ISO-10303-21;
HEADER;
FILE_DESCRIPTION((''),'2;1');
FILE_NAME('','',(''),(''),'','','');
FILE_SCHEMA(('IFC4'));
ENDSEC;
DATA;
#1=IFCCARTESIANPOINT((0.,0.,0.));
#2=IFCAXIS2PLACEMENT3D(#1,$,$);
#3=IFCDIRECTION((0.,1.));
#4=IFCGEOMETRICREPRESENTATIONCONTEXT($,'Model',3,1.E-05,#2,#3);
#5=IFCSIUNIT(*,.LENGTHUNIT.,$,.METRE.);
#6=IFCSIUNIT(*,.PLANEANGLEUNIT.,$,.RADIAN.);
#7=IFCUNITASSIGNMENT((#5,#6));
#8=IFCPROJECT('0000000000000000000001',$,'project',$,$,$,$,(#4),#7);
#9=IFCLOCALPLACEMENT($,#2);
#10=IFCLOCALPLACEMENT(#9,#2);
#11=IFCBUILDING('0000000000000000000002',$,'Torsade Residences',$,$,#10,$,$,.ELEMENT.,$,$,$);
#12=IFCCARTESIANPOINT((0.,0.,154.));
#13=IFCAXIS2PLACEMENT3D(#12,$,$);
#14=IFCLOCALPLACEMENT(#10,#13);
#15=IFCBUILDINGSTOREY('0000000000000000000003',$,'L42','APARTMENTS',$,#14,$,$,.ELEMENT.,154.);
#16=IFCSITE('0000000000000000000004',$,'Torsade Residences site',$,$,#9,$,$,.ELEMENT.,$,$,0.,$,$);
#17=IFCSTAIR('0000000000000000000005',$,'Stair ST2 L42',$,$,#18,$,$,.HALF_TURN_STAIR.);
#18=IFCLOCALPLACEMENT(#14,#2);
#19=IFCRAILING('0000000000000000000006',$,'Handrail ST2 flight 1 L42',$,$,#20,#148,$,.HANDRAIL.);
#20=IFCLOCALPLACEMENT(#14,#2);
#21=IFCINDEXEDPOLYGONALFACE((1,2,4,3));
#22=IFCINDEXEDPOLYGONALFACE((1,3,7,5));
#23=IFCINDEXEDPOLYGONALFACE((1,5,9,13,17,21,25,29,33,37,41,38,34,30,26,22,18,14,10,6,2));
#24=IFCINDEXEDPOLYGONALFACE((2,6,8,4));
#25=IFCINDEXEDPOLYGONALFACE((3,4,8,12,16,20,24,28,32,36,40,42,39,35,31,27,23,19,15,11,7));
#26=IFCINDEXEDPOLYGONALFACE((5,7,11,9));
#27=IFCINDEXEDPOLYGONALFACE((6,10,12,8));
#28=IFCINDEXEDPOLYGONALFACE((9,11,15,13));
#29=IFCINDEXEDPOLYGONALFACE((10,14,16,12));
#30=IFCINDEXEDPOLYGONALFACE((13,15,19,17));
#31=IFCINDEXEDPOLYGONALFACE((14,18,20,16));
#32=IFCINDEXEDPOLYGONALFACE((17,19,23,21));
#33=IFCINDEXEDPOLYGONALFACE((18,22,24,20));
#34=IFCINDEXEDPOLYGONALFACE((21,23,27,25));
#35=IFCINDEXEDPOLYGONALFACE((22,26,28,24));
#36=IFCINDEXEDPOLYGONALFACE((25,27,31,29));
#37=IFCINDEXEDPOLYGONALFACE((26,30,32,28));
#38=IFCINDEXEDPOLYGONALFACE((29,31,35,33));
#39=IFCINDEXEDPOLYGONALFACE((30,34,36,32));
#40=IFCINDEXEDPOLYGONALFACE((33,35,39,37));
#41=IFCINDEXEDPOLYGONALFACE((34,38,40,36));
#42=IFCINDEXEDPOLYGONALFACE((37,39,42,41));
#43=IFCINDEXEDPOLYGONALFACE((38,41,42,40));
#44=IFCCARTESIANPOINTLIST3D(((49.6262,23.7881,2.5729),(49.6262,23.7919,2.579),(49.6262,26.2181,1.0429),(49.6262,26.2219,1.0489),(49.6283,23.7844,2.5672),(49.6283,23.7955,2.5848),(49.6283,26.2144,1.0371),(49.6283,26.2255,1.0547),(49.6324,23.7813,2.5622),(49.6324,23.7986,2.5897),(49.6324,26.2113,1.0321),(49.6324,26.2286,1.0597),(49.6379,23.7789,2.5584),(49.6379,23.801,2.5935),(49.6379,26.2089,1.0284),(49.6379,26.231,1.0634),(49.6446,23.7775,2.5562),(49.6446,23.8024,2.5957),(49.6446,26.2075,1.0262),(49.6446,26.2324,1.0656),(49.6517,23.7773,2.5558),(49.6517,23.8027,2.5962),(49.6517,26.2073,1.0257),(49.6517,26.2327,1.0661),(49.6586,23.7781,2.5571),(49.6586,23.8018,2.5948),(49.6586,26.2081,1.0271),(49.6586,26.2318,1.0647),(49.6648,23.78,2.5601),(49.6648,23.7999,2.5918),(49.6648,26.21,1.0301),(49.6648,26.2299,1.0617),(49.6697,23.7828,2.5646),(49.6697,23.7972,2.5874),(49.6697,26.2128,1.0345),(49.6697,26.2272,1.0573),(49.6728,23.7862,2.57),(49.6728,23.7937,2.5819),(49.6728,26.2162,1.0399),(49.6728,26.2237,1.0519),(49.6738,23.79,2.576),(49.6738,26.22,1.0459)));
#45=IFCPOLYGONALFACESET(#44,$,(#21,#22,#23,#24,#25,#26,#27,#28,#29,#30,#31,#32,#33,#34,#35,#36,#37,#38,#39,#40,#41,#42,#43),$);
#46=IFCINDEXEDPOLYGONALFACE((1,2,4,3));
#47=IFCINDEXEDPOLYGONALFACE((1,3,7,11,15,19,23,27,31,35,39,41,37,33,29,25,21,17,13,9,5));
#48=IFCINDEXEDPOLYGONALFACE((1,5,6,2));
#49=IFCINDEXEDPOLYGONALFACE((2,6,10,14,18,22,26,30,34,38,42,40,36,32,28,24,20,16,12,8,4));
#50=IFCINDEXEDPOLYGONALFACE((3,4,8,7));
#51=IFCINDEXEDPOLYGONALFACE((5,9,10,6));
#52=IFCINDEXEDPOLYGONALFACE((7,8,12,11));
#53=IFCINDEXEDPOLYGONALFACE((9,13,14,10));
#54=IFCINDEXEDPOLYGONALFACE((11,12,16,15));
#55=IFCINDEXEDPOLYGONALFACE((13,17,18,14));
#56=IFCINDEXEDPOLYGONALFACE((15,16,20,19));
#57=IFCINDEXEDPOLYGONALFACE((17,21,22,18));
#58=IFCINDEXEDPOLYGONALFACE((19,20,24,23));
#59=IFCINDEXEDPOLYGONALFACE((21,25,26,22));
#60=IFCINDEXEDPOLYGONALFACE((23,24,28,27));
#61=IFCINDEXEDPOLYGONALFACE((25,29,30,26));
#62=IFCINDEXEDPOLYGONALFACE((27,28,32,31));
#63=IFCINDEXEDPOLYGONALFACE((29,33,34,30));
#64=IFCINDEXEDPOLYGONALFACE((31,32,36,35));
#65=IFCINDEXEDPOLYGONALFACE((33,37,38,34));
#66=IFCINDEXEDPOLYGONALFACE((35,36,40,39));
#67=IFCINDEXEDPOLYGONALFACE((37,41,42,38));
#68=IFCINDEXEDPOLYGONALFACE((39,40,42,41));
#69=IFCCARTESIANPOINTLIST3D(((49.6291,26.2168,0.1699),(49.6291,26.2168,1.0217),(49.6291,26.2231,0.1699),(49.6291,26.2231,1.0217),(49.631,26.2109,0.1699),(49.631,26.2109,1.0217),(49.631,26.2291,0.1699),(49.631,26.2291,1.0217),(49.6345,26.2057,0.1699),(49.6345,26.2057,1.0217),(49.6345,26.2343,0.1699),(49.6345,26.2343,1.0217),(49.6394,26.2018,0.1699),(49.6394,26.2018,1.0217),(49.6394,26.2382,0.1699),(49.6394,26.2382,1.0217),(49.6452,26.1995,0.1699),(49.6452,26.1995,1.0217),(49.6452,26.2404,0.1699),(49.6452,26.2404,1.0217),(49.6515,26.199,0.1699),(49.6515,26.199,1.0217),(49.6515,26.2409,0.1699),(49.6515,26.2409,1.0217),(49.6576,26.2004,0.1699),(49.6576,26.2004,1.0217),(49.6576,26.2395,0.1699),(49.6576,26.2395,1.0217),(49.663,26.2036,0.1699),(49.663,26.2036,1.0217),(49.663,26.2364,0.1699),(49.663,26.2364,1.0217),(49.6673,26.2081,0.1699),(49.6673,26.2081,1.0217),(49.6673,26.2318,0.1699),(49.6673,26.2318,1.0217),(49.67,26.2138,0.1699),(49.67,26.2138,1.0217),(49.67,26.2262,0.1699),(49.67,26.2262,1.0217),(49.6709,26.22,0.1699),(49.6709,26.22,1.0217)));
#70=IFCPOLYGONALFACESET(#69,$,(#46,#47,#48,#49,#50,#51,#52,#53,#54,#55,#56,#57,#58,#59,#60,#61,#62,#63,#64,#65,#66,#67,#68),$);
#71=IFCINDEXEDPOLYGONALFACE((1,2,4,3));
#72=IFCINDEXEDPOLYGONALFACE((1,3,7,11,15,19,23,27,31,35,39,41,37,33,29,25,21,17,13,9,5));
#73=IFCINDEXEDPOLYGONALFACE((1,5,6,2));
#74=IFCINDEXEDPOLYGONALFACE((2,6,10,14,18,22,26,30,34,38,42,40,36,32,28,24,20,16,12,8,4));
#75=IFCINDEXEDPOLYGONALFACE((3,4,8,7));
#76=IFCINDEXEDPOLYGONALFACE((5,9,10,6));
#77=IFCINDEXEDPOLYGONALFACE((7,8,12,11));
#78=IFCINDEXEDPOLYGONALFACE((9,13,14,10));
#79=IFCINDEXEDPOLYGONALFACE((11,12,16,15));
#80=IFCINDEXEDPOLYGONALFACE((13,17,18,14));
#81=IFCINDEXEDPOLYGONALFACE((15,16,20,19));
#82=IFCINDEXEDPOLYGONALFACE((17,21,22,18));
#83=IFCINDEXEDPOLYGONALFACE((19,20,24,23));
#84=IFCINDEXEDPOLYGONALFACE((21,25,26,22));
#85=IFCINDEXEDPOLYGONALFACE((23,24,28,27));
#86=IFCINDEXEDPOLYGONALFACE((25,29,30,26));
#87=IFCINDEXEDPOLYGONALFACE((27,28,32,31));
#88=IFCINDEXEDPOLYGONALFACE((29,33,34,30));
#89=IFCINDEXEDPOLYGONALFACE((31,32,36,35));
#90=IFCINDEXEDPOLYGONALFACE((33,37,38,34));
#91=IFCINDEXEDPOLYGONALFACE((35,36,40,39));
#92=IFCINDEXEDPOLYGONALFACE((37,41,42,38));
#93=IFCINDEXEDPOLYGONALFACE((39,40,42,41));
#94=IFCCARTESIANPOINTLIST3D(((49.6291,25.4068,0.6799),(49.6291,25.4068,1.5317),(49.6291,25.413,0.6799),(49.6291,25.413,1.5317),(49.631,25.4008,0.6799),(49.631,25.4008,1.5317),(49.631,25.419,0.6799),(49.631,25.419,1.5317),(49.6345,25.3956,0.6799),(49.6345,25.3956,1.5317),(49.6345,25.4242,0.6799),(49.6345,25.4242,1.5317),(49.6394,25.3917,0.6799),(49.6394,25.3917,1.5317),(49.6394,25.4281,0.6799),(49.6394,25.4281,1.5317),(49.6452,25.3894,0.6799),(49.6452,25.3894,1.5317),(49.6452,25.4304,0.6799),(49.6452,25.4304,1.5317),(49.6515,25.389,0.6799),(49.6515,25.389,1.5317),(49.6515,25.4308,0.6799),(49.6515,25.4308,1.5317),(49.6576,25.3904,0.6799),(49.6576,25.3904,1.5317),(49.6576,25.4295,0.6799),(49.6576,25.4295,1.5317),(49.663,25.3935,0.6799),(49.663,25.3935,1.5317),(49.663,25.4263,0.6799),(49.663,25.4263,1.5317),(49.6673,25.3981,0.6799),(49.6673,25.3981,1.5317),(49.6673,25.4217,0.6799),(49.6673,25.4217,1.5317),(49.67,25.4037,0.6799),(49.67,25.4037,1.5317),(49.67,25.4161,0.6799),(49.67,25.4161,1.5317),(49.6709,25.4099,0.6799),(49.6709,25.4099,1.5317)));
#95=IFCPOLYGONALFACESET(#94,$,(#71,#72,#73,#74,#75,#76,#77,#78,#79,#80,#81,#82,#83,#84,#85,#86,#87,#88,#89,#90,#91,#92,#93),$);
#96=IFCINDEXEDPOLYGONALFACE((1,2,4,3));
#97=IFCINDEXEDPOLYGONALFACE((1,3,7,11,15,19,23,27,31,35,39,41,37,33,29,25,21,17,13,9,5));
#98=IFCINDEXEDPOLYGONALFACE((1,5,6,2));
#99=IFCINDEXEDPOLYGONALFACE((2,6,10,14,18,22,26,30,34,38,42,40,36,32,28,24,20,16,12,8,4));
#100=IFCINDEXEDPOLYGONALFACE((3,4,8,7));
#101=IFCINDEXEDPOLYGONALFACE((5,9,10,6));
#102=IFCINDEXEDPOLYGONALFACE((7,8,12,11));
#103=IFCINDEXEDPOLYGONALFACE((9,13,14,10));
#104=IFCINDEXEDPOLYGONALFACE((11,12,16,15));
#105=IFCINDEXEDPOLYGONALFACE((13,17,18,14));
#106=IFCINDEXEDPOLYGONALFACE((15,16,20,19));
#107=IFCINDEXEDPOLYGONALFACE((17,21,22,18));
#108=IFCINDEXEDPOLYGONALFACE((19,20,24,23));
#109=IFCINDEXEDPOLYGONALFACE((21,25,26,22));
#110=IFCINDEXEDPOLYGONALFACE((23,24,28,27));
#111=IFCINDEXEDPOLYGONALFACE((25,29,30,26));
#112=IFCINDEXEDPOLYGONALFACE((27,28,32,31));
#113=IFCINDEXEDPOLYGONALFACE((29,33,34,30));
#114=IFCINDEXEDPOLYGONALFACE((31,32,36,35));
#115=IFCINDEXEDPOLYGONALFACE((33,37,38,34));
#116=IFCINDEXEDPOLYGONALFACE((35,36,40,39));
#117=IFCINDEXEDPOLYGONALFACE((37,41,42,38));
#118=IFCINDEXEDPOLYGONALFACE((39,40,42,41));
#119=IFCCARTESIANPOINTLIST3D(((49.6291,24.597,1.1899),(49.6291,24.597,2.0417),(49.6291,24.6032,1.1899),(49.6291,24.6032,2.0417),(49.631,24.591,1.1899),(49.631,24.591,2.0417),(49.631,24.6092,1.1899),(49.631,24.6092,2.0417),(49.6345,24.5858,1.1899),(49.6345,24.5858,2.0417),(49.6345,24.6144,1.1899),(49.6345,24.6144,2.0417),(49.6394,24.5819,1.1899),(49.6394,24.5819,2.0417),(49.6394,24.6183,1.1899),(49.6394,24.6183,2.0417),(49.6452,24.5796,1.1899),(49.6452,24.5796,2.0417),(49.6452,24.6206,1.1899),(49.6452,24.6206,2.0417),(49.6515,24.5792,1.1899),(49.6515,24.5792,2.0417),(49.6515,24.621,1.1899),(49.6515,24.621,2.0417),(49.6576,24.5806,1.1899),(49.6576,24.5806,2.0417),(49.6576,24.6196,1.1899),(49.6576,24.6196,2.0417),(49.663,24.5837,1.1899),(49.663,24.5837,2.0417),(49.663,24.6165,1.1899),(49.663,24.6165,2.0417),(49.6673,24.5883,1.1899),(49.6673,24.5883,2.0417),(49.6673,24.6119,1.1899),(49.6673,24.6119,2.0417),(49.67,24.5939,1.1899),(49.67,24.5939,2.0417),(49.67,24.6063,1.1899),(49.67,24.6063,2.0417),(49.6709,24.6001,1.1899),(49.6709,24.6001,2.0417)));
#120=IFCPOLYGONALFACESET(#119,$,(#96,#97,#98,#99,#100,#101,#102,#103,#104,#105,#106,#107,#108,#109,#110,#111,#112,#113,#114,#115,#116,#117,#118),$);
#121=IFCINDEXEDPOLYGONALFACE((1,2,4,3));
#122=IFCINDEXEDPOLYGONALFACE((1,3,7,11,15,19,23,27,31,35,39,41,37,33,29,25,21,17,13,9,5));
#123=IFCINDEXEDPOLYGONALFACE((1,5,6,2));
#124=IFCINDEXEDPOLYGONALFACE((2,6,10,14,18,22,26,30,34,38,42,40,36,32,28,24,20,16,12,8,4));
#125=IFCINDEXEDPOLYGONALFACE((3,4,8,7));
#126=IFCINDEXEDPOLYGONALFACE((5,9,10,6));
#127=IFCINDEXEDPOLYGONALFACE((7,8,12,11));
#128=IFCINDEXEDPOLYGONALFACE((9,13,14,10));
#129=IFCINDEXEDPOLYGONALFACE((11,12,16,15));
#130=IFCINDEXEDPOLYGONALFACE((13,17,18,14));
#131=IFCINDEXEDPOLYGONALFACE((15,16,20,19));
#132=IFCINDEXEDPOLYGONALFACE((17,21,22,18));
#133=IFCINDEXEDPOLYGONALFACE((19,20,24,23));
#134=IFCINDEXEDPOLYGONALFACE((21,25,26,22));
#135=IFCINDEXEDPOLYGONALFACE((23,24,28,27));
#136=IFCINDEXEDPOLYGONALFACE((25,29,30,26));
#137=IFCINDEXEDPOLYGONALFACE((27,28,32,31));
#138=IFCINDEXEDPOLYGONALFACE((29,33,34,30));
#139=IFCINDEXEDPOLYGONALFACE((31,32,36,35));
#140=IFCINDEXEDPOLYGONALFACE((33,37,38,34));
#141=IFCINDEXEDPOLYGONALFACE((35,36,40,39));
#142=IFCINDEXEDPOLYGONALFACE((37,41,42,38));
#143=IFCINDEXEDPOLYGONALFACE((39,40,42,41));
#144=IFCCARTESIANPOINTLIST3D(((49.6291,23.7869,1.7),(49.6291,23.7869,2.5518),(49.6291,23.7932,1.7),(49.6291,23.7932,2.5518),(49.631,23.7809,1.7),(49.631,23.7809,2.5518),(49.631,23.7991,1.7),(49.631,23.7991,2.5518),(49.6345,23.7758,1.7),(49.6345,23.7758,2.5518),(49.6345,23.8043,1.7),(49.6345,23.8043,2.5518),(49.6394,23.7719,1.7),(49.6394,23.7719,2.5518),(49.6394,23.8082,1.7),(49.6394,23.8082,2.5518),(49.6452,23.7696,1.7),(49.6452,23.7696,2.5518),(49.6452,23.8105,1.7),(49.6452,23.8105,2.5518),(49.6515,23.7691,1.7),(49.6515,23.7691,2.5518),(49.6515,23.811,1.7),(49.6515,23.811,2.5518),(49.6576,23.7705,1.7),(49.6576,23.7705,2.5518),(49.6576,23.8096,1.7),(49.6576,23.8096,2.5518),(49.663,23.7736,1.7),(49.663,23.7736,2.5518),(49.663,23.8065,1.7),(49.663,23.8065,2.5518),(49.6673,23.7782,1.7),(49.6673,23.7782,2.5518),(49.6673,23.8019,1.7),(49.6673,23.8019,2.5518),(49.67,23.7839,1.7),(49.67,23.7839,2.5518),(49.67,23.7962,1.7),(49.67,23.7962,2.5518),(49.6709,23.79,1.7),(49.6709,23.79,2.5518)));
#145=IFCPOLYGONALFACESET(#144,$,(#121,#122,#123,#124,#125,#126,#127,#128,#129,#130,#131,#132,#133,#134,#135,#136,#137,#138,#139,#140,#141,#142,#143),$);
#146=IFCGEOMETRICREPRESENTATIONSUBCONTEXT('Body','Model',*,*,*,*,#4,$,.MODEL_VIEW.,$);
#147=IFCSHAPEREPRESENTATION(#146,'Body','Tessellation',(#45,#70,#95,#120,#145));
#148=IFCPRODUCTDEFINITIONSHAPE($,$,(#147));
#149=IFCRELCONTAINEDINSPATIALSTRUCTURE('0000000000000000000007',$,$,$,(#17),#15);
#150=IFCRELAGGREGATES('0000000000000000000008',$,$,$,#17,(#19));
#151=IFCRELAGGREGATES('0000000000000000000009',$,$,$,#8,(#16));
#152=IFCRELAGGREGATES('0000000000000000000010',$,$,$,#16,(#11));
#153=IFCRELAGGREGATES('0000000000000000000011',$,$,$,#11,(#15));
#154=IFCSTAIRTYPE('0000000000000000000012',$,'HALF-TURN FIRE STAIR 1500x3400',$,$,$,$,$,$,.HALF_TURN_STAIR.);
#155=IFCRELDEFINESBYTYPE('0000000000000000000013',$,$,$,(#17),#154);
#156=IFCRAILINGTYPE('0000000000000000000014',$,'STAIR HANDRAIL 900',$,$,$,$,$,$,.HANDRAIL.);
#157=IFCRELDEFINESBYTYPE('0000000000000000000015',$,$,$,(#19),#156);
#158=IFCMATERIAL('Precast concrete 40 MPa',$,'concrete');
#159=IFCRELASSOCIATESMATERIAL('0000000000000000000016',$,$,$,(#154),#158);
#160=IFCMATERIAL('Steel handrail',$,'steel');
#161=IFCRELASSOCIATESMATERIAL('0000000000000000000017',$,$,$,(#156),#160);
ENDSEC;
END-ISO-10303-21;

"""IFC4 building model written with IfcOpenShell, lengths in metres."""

from ifc_helpers import new_model, si_unit, direction, frame, origin, origin_2d, place, context, subcontext, project, spatial, circle, extrude, material, type_object, element, aggregate, save


model = new_model("IFC4")

# Units and contexts
model_context = context("Model", 3, precision=1e-05, world=origin(), true_north=direction((0.0, 1.0)))
body_context = subcontext(model_context, "Body", "Model", "MODEL_VIEW")
ifc_project = project(units=[si_unit("LENGTHUNIT", "METRE"), si_unit("PLANEANGLEUNIT", "RADIAN")], contexts=[model_context])

# Site, building, storey
site_placement = place(None, origin())
site = spatial("IfcSite", under=ifc_project, at=site_placement, Name="Torsade Residences site", CompositionType="ELEMENT", RefElevation=0.0)
building_placement = place(site_placement, origin())
building = spatial("IfcBuilding", under=site, at=building_placement, Name="Torsade Residences", CompositionType="ELEMENT")
storey_placement = place(building_placement, frame((0.0, 0.0, 154.0)))
storey = spatial("IfcBuildingStorey", under=building, at=storey_placement, Name="L42", Description="APARTMENTS", CompositionType="ELEMENT", Elevation=154.0)

# Stair, railing
ifc_material_1 = material(Name="Precast concrete 40 MPa", Category="concrete")
stair_type = type_object("IfcStairType", Name="HALF-TURN FIRE STAIR 1500x3400", PredefinedType="HALF_TURN_STAIR", material=ifc_material_1)
stair_placement = place(storey_placement, origin())
stair = element("IfcStair", 1, at=stair_placement, inside=storey, type_object=stair_type, Name="Stair ST2 L42", PredefinedType="HALF_TURN_STAIR")
ifc_material_2 = material(Name="Steel handrail", Category="steel")
railing_type = type_object("IfcRailingType", Name="STAIR HANDRAIL 900", PredefinedType="HANDRAIL", material=ifc_material_2)
railing_1_placement = place(storey_placement, frame((49.6499, 26.22, 0.1699)))
railing_1 = element("IfcRailing", 2, at=railing_1_placement, type_object=railing_type, Name="Handrail ST2 flight 1 L42", PredefinedType="HANDRAIL", context=body_context, shape_type="SweptSolid", body=[
    extrude(circle(Radius=0.0239, at=origin_2d()), frame((0.0, 0.0, 0.876), z_axis=(0.0, -0.846221, 0.532831), x_axis=(1.0, 0.0, 0.0)), (0.0, 0.0, 1.0), 2.8716),
    extrude(circle(Radius=0.021, at=origin_2d()), origin(), (0.0, 0.0, 1.0), 0.8518),
    extrude(circle(Radius=0.021, at=origin_2d()), frame((0.0, -0.8101, 0.51)), (0.0, 0.0, 1.0), 0.8518),
    extrude(circle(Radius=0.021, at=origin_2d()), frame((0.0, -1.6199, 1.02)), (0.0, 0.0, 1.0), 0.8518),
    extrude(circle(Radius=0.021, at=origin_2d()), frame((0.0, -2.4299, 1.53)), (0.0, 0.0, 1.0), 0.8518),
])
aggregate(stair, [railing_1])

save(model, "model.ifc")
